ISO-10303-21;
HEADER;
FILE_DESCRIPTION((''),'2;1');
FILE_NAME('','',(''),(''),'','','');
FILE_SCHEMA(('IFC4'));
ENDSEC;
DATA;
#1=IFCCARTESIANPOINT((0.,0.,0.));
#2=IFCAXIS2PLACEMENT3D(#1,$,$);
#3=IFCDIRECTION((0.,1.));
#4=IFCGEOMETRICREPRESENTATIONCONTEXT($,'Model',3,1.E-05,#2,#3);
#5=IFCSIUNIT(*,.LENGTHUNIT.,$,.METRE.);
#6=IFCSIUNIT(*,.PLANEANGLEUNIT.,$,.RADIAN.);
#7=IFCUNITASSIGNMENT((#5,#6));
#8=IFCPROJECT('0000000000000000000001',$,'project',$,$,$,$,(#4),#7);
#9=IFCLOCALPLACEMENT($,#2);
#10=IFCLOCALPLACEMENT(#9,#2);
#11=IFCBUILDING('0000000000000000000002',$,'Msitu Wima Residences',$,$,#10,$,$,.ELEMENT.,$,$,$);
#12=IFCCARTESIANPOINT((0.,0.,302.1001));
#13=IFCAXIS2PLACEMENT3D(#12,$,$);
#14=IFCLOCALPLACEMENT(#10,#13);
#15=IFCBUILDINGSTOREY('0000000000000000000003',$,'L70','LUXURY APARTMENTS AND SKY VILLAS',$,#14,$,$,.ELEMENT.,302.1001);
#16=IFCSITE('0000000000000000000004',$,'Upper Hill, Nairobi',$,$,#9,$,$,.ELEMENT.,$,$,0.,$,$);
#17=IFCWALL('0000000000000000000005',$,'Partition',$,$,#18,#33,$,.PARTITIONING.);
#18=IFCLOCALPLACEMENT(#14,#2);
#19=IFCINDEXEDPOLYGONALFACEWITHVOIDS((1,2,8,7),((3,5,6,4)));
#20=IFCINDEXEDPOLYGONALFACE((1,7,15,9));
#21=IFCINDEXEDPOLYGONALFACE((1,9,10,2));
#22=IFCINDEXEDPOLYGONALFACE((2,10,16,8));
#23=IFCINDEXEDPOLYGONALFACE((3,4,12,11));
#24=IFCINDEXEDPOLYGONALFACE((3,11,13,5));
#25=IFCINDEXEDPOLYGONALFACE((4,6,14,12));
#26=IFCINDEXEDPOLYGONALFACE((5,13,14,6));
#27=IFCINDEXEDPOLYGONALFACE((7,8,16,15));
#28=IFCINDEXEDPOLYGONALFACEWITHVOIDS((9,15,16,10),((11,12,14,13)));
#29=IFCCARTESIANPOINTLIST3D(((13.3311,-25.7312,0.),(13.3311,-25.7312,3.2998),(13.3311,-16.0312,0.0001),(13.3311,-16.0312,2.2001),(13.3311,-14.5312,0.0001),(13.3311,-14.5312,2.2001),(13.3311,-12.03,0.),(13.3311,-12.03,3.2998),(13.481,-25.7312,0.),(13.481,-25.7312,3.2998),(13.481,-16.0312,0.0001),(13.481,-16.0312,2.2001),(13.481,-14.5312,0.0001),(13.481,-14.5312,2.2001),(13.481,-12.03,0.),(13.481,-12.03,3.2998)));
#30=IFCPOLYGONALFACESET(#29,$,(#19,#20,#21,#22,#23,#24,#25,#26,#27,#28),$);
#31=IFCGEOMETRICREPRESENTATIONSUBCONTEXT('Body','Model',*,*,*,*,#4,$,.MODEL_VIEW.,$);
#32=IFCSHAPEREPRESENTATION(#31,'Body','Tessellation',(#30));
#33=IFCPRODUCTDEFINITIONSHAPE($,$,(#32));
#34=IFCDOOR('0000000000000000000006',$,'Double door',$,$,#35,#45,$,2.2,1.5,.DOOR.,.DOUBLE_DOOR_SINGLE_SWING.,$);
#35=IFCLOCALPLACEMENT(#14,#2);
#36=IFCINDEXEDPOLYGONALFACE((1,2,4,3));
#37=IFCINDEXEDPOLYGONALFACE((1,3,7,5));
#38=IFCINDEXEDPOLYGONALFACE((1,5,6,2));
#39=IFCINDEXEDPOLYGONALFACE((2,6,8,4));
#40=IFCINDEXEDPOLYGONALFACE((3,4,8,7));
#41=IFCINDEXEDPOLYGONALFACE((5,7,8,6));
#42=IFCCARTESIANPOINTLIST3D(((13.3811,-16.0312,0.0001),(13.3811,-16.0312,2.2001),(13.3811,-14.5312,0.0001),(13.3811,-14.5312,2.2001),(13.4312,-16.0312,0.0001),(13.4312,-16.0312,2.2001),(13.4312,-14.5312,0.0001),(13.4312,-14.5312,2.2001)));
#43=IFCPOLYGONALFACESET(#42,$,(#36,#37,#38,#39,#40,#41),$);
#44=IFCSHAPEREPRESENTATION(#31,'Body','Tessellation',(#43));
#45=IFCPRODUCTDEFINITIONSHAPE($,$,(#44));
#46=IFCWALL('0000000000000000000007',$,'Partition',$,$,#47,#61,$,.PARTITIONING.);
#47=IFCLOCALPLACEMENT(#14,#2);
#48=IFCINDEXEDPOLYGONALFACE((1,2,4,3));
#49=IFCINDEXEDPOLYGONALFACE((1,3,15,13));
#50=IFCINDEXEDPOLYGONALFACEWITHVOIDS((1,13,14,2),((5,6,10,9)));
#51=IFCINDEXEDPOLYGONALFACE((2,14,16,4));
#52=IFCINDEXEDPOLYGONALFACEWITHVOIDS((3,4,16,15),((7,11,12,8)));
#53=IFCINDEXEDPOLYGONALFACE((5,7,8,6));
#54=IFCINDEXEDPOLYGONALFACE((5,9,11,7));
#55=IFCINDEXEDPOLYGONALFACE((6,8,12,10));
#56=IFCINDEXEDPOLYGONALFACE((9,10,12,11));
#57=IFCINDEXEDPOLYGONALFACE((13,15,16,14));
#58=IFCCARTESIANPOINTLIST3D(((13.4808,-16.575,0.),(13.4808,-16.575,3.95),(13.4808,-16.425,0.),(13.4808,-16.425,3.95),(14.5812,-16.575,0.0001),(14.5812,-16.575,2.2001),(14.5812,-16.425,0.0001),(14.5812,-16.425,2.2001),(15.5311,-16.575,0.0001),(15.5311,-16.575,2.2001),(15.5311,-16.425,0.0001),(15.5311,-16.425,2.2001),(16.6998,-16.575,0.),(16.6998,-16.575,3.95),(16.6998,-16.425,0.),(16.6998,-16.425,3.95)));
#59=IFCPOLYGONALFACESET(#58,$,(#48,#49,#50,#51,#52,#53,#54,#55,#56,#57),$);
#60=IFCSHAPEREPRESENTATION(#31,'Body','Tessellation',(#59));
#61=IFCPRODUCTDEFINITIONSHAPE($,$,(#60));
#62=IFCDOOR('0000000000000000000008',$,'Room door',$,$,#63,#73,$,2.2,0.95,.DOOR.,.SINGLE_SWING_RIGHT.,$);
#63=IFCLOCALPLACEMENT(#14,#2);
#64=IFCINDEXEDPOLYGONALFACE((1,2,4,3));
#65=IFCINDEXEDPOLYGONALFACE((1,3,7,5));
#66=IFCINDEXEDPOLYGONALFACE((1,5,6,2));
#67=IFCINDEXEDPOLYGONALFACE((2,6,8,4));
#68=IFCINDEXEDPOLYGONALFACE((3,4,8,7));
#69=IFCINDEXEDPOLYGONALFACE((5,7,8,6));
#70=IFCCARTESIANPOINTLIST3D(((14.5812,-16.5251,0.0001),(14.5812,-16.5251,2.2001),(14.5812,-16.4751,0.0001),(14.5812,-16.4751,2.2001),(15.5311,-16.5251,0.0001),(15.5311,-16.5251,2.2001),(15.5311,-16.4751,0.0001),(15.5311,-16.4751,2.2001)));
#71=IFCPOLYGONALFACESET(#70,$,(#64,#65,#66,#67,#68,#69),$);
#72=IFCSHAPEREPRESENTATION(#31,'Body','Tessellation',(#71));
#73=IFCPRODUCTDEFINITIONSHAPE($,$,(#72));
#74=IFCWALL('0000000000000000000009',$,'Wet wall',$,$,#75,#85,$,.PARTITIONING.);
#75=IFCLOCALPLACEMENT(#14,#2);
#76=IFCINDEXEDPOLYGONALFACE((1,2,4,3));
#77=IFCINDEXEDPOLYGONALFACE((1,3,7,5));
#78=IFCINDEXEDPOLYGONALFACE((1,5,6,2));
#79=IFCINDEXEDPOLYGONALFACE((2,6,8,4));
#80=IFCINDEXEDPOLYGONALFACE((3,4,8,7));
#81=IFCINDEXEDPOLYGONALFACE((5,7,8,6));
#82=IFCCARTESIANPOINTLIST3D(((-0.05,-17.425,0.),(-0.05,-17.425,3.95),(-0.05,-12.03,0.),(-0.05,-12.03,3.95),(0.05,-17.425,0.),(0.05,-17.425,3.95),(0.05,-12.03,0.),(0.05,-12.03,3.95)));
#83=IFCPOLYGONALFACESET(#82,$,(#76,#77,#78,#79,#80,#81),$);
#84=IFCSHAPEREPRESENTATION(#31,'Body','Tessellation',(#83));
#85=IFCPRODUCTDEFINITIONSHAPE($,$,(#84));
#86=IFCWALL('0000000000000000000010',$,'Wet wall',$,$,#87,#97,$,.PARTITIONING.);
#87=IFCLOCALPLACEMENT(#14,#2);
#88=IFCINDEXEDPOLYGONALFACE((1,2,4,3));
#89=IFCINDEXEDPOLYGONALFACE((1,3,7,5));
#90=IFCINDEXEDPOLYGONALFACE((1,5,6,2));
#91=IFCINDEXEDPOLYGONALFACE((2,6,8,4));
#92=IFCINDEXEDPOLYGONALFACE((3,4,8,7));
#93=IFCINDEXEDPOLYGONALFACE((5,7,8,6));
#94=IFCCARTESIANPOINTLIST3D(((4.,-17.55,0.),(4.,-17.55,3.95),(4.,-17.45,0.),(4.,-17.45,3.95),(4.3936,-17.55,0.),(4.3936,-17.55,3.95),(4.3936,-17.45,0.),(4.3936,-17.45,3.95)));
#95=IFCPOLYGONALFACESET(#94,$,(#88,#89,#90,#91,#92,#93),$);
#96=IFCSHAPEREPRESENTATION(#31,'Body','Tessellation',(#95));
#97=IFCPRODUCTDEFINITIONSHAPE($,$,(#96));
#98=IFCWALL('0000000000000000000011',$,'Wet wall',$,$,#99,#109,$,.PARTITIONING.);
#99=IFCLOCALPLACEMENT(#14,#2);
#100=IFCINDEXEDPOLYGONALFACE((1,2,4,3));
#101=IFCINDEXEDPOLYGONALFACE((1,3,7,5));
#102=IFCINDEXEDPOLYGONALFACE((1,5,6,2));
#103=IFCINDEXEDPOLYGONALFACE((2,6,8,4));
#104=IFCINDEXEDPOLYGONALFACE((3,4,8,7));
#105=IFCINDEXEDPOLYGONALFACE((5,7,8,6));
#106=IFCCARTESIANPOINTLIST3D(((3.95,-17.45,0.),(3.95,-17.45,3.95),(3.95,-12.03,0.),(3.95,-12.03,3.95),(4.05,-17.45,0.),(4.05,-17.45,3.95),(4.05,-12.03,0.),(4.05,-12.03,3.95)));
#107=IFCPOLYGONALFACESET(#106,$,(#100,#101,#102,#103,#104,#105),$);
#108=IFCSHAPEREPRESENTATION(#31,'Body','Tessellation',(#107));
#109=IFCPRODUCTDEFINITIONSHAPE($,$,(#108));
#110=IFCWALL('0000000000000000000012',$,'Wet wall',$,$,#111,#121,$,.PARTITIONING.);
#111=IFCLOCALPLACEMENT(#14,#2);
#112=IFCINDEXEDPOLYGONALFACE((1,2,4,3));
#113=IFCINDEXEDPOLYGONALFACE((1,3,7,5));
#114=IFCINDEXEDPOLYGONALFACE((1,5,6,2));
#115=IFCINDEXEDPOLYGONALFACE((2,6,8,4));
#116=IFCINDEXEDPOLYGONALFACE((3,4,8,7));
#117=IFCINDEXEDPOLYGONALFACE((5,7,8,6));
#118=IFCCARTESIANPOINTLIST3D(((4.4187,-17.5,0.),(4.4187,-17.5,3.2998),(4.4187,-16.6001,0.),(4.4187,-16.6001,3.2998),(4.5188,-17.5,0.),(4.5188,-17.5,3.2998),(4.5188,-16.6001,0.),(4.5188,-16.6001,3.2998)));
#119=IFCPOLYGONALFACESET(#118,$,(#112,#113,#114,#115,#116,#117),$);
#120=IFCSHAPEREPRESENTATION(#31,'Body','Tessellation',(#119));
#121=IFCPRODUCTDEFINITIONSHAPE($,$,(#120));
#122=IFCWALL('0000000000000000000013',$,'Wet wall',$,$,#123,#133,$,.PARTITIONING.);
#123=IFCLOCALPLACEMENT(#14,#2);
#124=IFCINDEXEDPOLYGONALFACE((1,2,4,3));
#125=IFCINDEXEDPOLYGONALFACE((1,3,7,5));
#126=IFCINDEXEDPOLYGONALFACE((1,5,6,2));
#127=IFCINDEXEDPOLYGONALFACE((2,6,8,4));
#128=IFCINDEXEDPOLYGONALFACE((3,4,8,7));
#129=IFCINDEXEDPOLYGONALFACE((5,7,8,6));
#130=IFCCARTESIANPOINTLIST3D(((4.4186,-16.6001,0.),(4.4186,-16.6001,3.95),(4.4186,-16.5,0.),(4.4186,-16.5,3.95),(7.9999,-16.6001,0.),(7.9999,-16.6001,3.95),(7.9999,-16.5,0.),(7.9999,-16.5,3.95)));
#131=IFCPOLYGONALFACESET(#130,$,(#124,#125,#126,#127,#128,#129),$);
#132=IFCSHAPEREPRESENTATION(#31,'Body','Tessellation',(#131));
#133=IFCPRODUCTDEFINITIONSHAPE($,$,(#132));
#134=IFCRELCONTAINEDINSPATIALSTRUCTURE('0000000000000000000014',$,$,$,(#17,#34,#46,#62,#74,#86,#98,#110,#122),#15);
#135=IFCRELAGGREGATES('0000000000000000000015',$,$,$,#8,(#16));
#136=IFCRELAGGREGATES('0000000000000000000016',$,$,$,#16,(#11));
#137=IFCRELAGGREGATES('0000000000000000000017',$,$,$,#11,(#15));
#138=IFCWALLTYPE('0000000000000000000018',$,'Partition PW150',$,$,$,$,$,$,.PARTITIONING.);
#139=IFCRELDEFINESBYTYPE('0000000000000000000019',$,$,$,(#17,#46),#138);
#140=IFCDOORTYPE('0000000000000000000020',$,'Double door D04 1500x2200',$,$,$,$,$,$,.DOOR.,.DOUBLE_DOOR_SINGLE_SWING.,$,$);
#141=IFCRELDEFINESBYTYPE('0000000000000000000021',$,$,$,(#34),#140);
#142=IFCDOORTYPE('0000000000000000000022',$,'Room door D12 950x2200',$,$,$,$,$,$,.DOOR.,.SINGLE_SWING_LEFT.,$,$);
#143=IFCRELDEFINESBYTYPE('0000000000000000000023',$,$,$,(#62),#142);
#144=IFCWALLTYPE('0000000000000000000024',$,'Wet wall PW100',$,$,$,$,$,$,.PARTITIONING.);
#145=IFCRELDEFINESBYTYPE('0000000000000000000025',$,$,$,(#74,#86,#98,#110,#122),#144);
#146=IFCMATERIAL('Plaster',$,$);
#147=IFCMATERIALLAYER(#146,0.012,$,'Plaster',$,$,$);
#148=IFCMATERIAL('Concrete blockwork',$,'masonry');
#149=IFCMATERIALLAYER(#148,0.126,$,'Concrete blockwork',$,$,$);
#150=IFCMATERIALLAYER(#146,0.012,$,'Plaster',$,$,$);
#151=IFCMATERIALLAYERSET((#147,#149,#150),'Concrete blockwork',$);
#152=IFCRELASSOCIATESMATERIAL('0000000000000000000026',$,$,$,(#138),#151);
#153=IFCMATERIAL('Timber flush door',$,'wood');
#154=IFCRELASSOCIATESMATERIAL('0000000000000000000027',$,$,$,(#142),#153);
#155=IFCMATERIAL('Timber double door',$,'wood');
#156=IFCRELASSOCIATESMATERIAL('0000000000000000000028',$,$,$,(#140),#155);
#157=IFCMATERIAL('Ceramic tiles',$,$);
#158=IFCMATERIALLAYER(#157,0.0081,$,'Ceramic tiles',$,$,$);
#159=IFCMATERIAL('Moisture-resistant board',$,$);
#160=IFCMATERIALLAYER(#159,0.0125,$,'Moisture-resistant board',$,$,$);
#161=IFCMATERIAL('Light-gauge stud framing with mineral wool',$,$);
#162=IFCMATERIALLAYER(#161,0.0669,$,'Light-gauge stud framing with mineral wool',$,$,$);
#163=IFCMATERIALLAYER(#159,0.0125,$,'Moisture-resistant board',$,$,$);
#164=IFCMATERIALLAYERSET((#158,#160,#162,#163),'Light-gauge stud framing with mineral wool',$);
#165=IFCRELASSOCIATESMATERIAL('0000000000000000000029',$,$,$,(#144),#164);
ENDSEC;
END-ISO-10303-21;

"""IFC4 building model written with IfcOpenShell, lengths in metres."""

from ifc_helpers import new_model, si_unit, direction, frame, frame_2d, origin, place, context, subcontext, project, spatial, rectangle, extrude, material, layer, layer_set, type_object, element, fill, save


model = new_model("IFC4")

# Units and contexts
model_context = context("Model", 3, precision=1e-05, world=origin(), true_north=direction((0.0, 1.0)))
body_context = subcontext(model_context, "Body", "Model", "MODEL_VIEW")
ifc_project = project(units=[si_unit("LENGTHUNIT", "METRE"), si_unit("PLANEANGLEUNIT", "RADIAN")], contexts=[model_context])

# Site, building, storey
site_placement = place(None, origin())
site = spatial("IfcSite", under=ifc_project, at=site_placement, Name="Upper Hill, Nairobi", CompositionType="ELEMENT", RefElevation=0.0)
building_placement = place(site_placement, origin())
building = spatial("IfcBuilding", under=site, at=building_placement, Name="Msitu Wima Residences", CompositionType="ELEMENT")
storey_placement = place(building_placement, frame((0.0, 0.0, 302.1001)))
storey = spatial("IfcBuildingStorey", under=building, at=storey_placement, Name="L70", Description="LUXURY APARTMENTS AND SKY VILLAS", CompositionType="ELEMENT", Elevation=302.1001)

# Walls, openings, doors
ifc_material_1 = material(Name="Plaster")
ifc_layer_1 = layer(ifc_material_1, 0.012, Name="Plaster")
ifc_material_2 = material(Name="Concrete blockwork", Category="masonry")
ifc_layer_2 = layer(ifc_material_2, 0.126, Name="Concrete blockwork")
ifc_layer_3 = layer(ifc_material_1, 0.012, Name="Plaster")
ifc_layer_set_1 = layer_set([ifc_layer_1, ifc_layer_2, ifc_layer_3], Name="Concrete blockwork")
wall_type_1 = type_object("IfcWallType", Name="Partition PW150", PredefinedType="PARTITIONING", material=ifc_layer_set_1)
ifc_material_3 = material(Name="Timber flush door", Category="wood")
door_type_1 = type_object("IfcDoorType", Name="Room door D12 950x2200", OperationType="SINGLE_SWING_LEFT", PredefinedType="DOOR", material=ifc_material_3)
ifc_material_4 = material(Name="Timber double door", Category="wood")
door_type_2 = type_object("IfcDoorType", Name="Double door D04 1500x2200", OperationType="DOUBLE_DOOR_SINGLE_SWING", PredefinedType="DOOR", material=ifc_material_4)
wall_1_placement = place(storey_placement, frame((13.406, -25.7312, 0.0), z_axis=(0.0, 0.0, 1.0), x_axis=(0.0, 1.0, 0.0)))
wall_1 = element("IfcWall", 1, at=wall_1_placement, inside=storey, type_object=wall_type_1, Name="Partition", PredefinedType="PARTITIONING", context=body_context, shape_type="SweptSolid", body=[
    extrude(rectangle(XDim=13.7012, YDim=0.1499, at=frame_2d((6.8506, 0.0))), origin(), (0.0, 0.0, 1.0), 3.2998),
])
opening_1_placement = place(wall_1_placement, frame((9.7, 0.0, 0.0)))
opening_1 = element("IfcOpeningElement", 2, at=opening_1_placement, cuts=wall_1, PredefinedType="OPENING", context=body_context, shape_type="SweptSolid", body=[
    extrude(rectangle(XDim=1.5, YDim=2.2, at=frame_2d((0.75, 1.1001))), frame((0.0, 0.085, 0.0), z_axis=(0.0, -1.0, 0.0), x_axis=(1.0, 0.0, 0.0)), (0.0, 0.0, 1.0), 0.1699),
])
door_1_placement = place(opening_1_placement, origin())
door_1 = element("IfcDoor", 3, at=door_1_placement, inside=storey, type_object=door_type_2, Name="Double door", OperationType="DOUBLE_DOOR_SINGLE_SWING", OverallHeight=2.2, OverallWidth=1.5, PredefinedType="DOOR", context=body_context, shape_type="SweptSolid", body=[
    extrude(rectangle(XDim=1.5, YDim=2.2, at=frame_2d((0.75, 1.1001))), frame((0.0, 0.0249, 0.0), z_axis=(0.0, -1.0, 0.0), x_axis=(1.0, 0.0, 0.0)), (0.0, 0.0, 1.0), 0.05),
])
fill(opening_1, door_1)
wall_2_placement = place(storey_placement, frame((13.481, -16.5, 0.0), z_axis=(0.0, 0.0, 1.0), x_axis=(1.0, 0.0, 0.0)))
wall_2 = element("IfcWall", 4, at=wall_2_placement, inside=storey, type_object=wall_type_1, Name="Partition", PredefinedType="PARTITIONING", context=body_context, shape_type="SweptSolid", body=[
    extrude(rectangle(XDim=3.219, YDim=0.1499, at=frame_2d((1.6094, 0.0))), origin(), (0.0, 0.0, 1.0), 3.95),
])
opening_2_placement = place(wall_2_placement, frame((1.1001, 0.0, 0.0)))
opening_2 = element("IfcOpeningElement", 5, at=opening_2_placement, cuts=wall_2, PredefinedType="OPENING", context=body_context, shape_type="SweptSolid", body=[
    extrude(rectangle(XDim=0.95, YDim=2.2, at=frame_2d((0.4751, 1.1001))), frame((0.0, 0.085, 0.0), z_axis=(0.0, -1.0, 0.0), x_axis=(1.0, 0.0, 0.0)), (0.0, 0.0, 1.0), 0.1699),
])
door_2_placement = place(opening_2_placement, origin())
door_2 = element("IfcDoor", 6, at=door_2_placement, inside=storey, type_object=door_type_1, Name="Room door", OperationType="SINGLE_SWING_RIGHT", OverallHeight=2.2, OverallWidth=0.95, PredefinedType="DOOR", context=body_context, shape_type="SweptSolid", body=[
    extrude(rectangle(XDim=0.95, YDim=2.2, at=frame_2d((0.4751, 1.1001))), frame((0.0, 0.0249, 0.0), z_axis=(0.0, -1.0, 0.0), x_axis=(1.0, 0.0, 0.0)), (0.0, 0.0, 1.0), 0.05),
])
fill(opening_2, door_2)

# Walls
ifc_material_5 = material(Name="Ceramic tiles")
ifc_layer_4 = layer(ifc_material_5, 0.0081, Name="Ceramic tiles")
ifc_material_6 = material(Name="Moisture-resistant board")
ifc_layer_5 = layer(ifc_material_6, 0.0125, Name="Moisture-resistant board")
ifc_material_7 = material(Name="Light-gauge stud framing with mineral wool")
ifc_layer_6 = layer(ifc_material_7, 0.0669, Name="Light-gauge stud framing with mineral wool")
ifc_layer_7 = layer(ifc_material_6, 0.0125, Name="Moisture-resistant board")
ifc_layer_set_2 = layer_set([ifc_layer_4, ifc_layer_5, ifc_layer_6, ifc_layer_7], Name="Light-gauge stud framing with mineral wool")
wall_type_2 = type_object("IfcWallType", Name="Wet wall PW100", PredefinedType="PARTITIONING", material=ifc_layer_set_2)
wall_3_placement = place(storey_placement, frame((0.0, -17.425, 0.0), z_axis=(0.0, 0.0, 1.0), x_axis=(0.0, 1.0, 0.0)))
element("IfcWall", 7, at=wall_3_placement, inside=storey, type_object=wall_type_2, Name="Wet wall", PredefinedType="PARTITIONING", context=body_context, shape_type="SweptSolid", body=[
    extrude(rectangle(XDim=5.395, YDim=0.1001, at=frame_2d((2.6975, 0.0))), origin(), (0.0, 0.0, 1.0), 3.95),
])
wall_4_placement = place(storey_placement, frame((4.0, -17.5, 0.0), z_axis=(0.0, 0.0, 1.0), x_axis=(1.0, 0.0, 0.0)))
element("IfcWall", 8, at=wall_4_placement, inside=storey, type_object=wall_type_2, Name="Wet wall", PredefinedType="PARTITIONING", context=body_context, shape_type="SweptSolid", body=[
    extrude(rectangle(XDim=0.3936, YDim=0.1001, at=frame_2d((0.1968, 0.0))), origin(), (0.0, 0.0, 1.0), 3.95),
])
wall_5_placement = place(storey_placement, frame((4.0, -17.45, 0.0), z_axis=(0.0, 0.0, 1.0), x_axis=(0.0, 1.0, 0.0)))
element("IfcWall", 9, at=wall_5_placement, inside=storey, type_object=wall_type_2, Name="Wet wall", PredefinedType="PARTITIONING", context=body_context, shape_type="SweptSolid", body=[
    extrude(rectangle(XDim=5.4199, YDim=0.1001, at=frame_2d((2.71, 0.0))), origin(), (0.0, 0.0, 1.0), 3.95),
])
wall_6_placement = place(storey_placement, frame((4.4688, -17.5, 0.0), z_axis=(0.0, 0.0, 1.0), x_axis=(0.0, 1.0, 0.0)))
element("IfcWall", 10, at=wall_6_placement, inside=storey, type_object=wall_type_2, Name="Wet wall", PredefinedType="PARTITIONING", context=body_context, shape_type="SweptSolid", body=[
    extrude(rectangle(XDim=0.8999, YDim=0.1001, at=frame_2d((0.45, 0.0))), origin(), (0.0, 0.0, 1.0), 3.2998),
])
wall_7_placement = place(storey_placement, frame((4.4187, -16.55, 0.0), z_axis=(0.0, 0.0, 1.0), x_axis=(1.0, 0.0, 0.0)))
element("IfcWall", 11, at=wall_7_placement, inside=storey, type_object=wall_type_2, Name="Wet wall", PredefinedType="PARTITIONING", context=body_context, shape_type="SweptSolid", body=[
    extrude(rectangle(XDim=3.5813, YDim=0.1001, at=frame_2d((1.7905, 0.0))), origin(), (0.0, 0.0, 1.0), 3.95),
])

save(model, "model.ifc")
